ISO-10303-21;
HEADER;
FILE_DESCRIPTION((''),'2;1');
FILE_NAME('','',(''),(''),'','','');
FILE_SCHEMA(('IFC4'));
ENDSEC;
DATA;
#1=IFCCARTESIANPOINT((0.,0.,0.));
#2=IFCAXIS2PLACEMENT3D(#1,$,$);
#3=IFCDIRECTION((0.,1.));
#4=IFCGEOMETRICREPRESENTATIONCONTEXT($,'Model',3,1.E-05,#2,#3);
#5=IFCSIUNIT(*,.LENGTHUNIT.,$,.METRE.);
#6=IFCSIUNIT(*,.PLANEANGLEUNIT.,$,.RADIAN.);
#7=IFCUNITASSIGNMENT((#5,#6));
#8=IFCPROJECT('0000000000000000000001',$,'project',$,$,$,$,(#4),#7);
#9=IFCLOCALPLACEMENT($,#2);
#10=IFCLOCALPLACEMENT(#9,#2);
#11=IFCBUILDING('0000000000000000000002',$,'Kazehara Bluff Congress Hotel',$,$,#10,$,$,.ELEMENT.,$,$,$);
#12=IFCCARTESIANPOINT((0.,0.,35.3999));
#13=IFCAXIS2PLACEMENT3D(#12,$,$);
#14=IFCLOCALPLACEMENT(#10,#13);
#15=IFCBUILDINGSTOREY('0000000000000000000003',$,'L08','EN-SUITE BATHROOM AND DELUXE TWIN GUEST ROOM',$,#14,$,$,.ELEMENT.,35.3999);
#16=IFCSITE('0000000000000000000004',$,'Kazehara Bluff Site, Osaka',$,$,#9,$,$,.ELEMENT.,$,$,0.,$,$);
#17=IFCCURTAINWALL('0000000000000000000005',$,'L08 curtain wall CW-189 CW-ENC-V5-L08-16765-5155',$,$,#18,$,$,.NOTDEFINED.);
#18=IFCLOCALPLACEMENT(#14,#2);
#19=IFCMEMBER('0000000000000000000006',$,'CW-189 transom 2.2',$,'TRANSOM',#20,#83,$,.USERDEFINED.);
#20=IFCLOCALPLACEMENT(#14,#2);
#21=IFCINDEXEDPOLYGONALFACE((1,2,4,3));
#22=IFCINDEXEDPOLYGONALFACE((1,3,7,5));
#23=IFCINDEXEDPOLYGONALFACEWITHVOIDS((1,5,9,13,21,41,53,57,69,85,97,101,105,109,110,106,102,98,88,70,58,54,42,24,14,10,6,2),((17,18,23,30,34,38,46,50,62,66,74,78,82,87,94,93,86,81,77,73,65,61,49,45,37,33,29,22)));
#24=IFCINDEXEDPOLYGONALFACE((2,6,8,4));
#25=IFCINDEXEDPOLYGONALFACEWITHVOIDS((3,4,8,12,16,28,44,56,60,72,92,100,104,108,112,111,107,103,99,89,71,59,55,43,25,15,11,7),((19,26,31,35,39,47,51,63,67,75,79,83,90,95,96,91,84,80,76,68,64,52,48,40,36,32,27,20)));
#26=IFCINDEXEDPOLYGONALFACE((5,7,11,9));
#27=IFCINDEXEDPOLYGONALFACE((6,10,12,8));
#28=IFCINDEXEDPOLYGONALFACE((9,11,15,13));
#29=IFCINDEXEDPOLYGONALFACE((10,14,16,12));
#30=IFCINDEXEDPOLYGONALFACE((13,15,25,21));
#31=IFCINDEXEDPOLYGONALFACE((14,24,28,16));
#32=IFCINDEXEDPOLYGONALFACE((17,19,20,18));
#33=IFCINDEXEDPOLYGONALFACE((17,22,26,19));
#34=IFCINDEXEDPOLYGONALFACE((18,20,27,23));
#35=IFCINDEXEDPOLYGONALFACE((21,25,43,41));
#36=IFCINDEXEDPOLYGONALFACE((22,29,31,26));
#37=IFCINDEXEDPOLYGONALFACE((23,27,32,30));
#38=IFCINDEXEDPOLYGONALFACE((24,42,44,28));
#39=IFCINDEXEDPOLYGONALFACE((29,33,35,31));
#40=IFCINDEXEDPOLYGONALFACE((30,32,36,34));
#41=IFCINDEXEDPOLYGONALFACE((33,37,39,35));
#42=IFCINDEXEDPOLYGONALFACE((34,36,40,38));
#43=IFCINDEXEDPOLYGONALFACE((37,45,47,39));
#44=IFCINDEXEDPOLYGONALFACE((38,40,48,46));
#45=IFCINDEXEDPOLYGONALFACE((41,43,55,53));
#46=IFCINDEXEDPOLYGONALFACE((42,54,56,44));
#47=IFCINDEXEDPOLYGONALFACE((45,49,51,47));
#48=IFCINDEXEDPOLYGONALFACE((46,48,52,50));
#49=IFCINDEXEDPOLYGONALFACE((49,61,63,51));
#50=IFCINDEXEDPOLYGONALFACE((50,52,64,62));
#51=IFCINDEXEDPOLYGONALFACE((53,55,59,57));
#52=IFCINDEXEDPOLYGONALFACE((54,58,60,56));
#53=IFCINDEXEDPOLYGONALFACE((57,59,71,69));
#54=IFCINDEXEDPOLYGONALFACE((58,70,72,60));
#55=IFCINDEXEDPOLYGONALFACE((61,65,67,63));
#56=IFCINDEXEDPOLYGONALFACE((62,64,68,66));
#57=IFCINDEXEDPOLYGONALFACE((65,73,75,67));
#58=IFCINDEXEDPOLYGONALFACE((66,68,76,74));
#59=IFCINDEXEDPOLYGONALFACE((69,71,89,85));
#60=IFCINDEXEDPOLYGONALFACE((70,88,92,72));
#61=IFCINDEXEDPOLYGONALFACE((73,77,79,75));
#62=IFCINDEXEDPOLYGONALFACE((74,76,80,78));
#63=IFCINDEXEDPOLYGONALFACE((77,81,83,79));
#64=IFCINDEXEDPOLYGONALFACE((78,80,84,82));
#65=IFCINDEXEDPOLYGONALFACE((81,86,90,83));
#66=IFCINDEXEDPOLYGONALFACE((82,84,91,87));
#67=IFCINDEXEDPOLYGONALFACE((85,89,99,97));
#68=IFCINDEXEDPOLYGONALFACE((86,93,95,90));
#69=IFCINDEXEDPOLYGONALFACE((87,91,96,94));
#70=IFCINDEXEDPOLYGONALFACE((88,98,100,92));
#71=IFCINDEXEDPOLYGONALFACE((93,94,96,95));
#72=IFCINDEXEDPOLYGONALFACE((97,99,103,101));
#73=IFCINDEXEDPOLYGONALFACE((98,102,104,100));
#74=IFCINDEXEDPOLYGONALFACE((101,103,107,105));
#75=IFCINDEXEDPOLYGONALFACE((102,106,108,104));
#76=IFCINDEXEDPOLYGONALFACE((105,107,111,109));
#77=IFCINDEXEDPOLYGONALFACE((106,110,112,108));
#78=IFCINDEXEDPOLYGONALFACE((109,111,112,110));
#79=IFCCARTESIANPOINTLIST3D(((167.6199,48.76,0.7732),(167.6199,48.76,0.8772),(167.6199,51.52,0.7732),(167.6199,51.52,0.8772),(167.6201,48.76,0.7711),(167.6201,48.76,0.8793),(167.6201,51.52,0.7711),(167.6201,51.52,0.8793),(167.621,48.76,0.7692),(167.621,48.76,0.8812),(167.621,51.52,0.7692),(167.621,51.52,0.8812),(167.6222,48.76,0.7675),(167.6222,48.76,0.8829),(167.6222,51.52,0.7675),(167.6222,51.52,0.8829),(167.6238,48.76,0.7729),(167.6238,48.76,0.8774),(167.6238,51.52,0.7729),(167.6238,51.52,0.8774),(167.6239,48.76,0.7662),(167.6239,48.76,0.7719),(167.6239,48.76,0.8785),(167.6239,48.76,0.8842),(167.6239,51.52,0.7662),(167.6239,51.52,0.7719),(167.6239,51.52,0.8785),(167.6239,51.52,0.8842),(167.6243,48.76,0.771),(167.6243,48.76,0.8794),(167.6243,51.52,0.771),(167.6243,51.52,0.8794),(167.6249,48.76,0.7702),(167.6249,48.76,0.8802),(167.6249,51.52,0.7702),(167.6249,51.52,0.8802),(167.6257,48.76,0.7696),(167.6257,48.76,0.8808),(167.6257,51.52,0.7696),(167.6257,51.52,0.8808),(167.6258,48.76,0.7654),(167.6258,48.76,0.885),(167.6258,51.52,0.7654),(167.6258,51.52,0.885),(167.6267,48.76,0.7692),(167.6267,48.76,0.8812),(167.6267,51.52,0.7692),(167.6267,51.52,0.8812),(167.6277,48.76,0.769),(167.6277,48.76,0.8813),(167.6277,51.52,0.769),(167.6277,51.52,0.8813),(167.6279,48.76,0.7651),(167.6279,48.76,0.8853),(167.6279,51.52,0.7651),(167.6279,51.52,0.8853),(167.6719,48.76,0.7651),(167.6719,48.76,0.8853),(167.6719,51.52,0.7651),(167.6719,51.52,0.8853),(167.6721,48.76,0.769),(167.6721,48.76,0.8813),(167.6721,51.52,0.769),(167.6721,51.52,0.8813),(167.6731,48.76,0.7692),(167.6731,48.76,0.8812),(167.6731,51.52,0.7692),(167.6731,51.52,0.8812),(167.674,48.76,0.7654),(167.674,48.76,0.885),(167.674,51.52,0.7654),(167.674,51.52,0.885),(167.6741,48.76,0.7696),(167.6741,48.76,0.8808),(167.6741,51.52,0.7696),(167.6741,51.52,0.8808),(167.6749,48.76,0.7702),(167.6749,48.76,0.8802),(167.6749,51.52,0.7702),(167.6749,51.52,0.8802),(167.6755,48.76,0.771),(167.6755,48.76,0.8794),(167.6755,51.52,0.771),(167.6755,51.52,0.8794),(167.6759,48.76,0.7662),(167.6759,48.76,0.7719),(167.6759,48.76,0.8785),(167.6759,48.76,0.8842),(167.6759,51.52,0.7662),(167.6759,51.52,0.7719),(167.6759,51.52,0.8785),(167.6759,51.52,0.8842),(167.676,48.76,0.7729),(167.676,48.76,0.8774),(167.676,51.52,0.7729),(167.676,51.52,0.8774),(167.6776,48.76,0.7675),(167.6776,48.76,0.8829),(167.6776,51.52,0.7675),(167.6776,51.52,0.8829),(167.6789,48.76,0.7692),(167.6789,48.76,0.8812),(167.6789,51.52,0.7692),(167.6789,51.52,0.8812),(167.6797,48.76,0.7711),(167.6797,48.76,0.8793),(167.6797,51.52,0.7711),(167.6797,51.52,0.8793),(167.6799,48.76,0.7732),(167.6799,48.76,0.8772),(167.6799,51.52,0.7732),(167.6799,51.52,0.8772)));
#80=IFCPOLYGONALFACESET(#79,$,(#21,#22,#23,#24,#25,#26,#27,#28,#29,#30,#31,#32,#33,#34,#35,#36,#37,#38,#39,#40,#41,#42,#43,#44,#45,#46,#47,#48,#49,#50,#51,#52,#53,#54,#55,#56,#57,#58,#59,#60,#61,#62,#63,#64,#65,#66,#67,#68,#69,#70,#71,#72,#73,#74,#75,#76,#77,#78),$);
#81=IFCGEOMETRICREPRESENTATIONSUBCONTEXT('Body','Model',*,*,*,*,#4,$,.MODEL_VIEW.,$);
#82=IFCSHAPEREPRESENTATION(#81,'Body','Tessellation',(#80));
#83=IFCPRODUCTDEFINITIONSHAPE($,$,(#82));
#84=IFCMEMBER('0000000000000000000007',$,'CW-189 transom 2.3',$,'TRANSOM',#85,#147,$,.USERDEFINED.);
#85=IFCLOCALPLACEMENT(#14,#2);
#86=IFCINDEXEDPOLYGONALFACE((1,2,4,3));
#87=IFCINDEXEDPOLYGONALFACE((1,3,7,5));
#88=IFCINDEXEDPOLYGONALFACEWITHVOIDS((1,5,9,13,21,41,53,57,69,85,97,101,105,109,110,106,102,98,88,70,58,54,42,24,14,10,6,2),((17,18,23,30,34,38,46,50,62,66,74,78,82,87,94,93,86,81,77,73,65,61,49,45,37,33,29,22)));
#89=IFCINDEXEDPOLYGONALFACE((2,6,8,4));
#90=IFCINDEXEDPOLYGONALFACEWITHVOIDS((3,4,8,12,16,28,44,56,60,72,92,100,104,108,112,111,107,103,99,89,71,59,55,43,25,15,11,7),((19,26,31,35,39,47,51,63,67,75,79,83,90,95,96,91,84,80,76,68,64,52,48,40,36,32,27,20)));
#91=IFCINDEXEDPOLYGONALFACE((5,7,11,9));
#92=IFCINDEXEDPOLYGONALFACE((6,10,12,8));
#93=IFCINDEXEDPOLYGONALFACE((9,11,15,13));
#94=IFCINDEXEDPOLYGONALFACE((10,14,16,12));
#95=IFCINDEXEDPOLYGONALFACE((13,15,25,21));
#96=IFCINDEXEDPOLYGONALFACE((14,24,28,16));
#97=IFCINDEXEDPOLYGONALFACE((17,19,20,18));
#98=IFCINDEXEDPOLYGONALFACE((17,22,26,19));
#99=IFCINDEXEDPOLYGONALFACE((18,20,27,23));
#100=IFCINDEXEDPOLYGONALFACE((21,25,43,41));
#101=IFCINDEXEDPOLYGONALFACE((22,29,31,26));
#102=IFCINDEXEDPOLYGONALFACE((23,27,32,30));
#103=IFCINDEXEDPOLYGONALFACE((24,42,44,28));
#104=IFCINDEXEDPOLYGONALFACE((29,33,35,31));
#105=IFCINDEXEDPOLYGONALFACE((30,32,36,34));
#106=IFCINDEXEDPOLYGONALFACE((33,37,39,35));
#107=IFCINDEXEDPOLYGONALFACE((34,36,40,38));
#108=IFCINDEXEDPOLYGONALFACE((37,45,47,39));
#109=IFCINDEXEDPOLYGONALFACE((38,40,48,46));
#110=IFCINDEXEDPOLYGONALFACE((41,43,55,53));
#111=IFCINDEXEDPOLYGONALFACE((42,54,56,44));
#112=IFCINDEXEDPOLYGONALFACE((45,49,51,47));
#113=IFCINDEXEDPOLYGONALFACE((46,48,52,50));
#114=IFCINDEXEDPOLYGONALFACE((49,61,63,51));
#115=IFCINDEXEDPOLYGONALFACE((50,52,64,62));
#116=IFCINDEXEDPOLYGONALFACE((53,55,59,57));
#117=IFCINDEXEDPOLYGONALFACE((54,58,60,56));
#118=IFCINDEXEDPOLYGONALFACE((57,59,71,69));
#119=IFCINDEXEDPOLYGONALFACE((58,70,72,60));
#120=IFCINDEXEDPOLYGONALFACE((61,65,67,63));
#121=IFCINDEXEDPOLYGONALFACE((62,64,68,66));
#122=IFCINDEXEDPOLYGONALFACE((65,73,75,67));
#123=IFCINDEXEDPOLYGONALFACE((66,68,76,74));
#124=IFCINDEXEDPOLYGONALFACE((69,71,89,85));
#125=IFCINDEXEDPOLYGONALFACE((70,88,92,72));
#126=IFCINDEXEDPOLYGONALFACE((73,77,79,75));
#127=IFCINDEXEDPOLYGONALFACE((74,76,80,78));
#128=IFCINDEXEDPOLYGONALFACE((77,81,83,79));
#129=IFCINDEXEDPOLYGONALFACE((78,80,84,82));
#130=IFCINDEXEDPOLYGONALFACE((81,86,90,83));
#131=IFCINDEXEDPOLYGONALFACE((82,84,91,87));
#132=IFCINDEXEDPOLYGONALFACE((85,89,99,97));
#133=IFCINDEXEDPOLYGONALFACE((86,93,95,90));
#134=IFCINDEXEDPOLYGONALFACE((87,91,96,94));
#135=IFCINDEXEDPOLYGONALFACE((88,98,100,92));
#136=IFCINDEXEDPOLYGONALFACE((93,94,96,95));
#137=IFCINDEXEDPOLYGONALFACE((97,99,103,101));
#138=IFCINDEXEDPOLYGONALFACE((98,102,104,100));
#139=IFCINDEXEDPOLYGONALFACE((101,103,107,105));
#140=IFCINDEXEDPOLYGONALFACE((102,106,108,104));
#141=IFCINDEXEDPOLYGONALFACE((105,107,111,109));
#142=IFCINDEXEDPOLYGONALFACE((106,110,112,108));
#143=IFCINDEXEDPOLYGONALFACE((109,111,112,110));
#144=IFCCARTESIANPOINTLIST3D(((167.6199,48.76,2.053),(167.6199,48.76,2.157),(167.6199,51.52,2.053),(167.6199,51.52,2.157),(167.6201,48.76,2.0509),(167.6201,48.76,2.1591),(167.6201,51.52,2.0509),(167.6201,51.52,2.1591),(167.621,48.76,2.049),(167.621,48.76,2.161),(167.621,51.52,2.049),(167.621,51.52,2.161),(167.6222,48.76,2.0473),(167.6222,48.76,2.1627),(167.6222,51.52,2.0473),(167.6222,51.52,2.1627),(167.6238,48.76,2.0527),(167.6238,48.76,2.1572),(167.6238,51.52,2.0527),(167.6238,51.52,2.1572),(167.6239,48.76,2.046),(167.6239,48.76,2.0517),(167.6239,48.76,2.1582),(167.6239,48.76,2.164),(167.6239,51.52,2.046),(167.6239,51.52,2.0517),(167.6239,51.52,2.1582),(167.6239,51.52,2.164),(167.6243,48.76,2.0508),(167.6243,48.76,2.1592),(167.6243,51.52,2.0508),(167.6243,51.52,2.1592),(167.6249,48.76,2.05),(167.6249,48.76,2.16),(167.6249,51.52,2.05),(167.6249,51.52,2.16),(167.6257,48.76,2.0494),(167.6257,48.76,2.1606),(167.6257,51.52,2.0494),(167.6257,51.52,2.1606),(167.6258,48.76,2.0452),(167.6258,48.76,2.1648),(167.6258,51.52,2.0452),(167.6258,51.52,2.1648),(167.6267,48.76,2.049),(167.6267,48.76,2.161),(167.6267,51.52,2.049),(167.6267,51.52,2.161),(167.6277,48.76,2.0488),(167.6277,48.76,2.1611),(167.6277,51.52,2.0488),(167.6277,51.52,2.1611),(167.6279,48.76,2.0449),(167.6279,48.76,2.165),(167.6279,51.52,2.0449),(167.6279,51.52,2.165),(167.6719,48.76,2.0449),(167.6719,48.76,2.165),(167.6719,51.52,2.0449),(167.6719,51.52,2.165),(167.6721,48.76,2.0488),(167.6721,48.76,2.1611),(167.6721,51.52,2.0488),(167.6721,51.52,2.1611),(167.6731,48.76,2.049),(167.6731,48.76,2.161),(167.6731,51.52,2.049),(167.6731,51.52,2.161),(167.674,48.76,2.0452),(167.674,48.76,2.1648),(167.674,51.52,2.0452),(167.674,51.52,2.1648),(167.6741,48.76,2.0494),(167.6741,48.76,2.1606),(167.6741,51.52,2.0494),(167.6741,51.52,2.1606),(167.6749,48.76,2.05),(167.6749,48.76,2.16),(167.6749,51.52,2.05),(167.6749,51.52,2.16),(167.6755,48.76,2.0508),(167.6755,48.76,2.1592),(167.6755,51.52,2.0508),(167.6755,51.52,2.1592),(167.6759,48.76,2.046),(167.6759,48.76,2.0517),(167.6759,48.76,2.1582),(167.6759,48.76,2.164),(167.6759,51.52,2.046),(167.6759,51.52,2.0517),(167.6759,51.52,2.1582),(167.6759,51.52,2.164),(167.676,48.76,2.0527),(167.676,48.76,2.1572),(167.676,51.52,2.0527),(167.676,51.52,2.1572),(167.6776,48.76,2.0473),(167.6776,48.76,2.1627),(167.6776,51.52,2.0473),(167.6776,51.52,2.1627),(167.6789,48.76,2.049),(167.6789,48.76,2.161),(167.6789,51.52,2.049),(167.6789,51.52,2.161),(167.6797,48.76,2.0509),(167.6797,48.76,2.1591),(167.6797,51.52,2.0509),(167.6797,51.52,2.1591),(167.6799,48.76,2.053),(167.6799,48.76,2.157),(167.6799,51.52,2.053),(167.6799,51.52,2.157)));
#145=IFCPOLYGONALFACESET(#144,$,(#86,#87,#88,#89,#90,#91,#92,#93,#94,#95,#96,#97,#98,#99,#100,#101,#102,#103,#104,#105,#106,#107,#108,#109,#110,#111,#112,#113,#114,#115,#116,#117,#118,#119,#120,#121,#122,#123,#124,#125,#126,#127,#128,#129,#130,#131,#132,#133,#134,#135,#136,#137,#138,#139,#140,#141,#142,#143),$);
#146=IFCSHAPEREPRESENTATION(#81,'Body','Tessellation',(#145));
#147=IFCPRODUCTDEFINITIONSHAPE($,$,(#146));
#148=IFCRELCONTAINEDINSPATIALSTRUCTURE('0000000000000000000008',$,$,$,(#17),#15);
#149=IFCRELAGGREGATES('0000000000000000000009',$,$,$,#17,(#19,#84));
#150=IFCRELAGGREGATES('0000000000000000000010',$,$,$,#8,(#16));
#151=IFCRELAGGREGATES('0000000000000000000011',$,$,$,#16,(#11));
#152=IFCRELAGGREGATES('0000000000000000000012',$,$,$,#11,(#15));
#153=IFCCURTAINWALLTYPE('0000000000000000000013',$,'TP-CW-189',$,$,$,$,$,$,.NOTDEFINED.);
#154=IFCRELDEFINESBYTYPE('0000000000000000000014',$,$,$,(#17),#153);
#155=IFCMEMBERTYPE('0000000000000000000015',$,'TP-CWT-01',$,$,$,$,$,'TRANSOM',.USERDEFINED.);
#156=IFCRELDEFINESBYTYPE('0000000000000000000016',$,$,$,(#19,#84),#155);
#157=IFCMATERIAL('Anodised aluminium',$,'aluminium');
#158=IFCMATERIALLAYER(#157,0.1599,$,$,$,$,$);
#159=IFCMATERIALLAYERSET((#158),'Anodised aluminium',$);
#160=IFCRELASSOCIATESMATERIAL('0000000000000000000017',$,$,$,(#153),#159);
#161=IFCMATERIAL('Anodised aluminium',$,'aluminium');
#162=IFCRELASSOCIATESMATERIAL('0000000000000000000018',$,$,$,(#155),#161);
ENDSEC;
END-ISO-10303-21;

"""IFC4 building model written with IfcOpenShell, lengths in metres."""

from ifc_helpers import new_model, si_unit, direction, frame, origin, origin_2d, place, context, subcontext, project, spatial, hollow_rectangle, extrude, material, layer, layer_set, material_profile, profile_set, type_object, element, aggregate, save


model = new_model("IFC4")

# Units and contexts
model_context = context("Model", 3, precision=1e-05, world=origin(), true_north=direction((0.0, 1.0)))
body_context = subcontext(model_context, "Body", "Model", "MODEL_VIEW")
ifc_project = project(units=[si_unit("LENGTHUNIT", "METRE"), si_unit("PLANEANGLEUNIT", "RADIAN")], contexts=[model_context])

# Site, building, storey
site_placement = place(None, origin())
site = spatial("IfcSite", under=ifc_project, at=site_placement, Name="Kazehara Bluff Site, Osaka", CompositionType="ELEMENT", RefElevation=0.0)
building_placement = place(site_placement, origin())
building = spatial("IfcBuilding", under=site, at=building_placement, Name="Kazehara Bluff Congress Hotel", CompositionType="ELEMENT")
storey_placement = place(building_placement, frame((0.0, 0.0, 35.3999)))
storey = spatial("IfcBuildingStorey", under=building, at=storey_placement, Name="L08", Description="EN-SUITE BATHROOM AND DELUXE TWIN GUEST ROOM", CompositionType="ELEMENT", Elevation=35.3999)

# Curtain wall, members
ifc_material_1 = material(Name="Anodised aluminium", Category="aluminium")
ifc_layer_1 = layer(ifc_material_1, 0.1599)
ifc_layer_set_1 = layer_set([ifc_layer_1], Name="Anodised aluminium")
curtain_wall_type = type_object("IfcCurtainWallType", Name="TP-CW-189", PredefinedType="NOTDEFINED", material=ifc_layer_set_1)
curtain_wall_placement = place(storey_placement, origin())
curtain_wall = element("IfcCurtainWall", 1, at=curtain_wall_placement, inside=storey, type_object=curtain_wall_type, Name="L08 curtain wall CW-189 CW-ENC-V5-L08-16765-5155", PredefinedType="NOTDEFINED")
ifc_material_2 = material(Name="Anodised aluminium", Category="aluminium")
ifc_material_profile_1 = material_profile(ifc_material_2, hollow_rectangle(XDim=0.0601, YDim=0.1201, WallThickness=0.0039, InnerFilletRadius=0.0039, OuterFilletRadius=0.0081, at=origin_2d()))
ifc_profile_set_1 = profile_set([ifc_material_profile_1], Name="Anodised aluminium")
member_type_1 = type_object("IfcMemberType", Name="TP-CWT-01", ElementType="TRANSOM", PredefinedType="USERDEFINED", material=ifc_profile_set_1)
member_1_placement = place(storey_placement, frame((167.6499, 51.52, 0.8252), z_axis=(0.0, -1.0, 0.0), x_axis=(1.0, 0.0, 0.0)))
member_1 = element("IfcMember", 2, at=member_1_placement, type_object=member_type_1, Name="CW-189 transom 2.2", ObjectType="TRANSOM", PredefinedType="USERDEFINED", context=body_context, shape_type="SweptSolid", body=[
    extrude(hollow_rectangle(XDim=0.0601, YDim=0.1201, WallThickness=0.0039, InnerFilletRadius=0.0039, OuterFilletRadius=0.0081, at=origin_2d()), origin(), (0.0, 0.0, 1.0), 2.76),
])
member_2_placement = place(storey_placement, frame((167.6499, 51.52, 2.105), z_axis=(0.0, -1.0, 0.0), x_axis=(1.0, 0.0, 0.0)))
member_2 = element("IfcMember", 3, at=member_2_placement, type_object=member_type_1, Name="CW-189 transom 2.3", ObjectType="TRANSOM", PredefinedType="USERDEFINED", context=body_context, shape_type="SweptSolid", body=[
    extrude(hollow_rectangle(XDim=0.0601, YDim=0.1201, WallThickness=0.0039, InnerFilletRadius=0.0039, OuterFilletRadius=0.0081, at=origin_2d()), origin(), (0.0, 0.0, 1.0), 2.76),
])
aggregate(curtain_wall, [member_1, member_2])

save(model, "model.ifc")
